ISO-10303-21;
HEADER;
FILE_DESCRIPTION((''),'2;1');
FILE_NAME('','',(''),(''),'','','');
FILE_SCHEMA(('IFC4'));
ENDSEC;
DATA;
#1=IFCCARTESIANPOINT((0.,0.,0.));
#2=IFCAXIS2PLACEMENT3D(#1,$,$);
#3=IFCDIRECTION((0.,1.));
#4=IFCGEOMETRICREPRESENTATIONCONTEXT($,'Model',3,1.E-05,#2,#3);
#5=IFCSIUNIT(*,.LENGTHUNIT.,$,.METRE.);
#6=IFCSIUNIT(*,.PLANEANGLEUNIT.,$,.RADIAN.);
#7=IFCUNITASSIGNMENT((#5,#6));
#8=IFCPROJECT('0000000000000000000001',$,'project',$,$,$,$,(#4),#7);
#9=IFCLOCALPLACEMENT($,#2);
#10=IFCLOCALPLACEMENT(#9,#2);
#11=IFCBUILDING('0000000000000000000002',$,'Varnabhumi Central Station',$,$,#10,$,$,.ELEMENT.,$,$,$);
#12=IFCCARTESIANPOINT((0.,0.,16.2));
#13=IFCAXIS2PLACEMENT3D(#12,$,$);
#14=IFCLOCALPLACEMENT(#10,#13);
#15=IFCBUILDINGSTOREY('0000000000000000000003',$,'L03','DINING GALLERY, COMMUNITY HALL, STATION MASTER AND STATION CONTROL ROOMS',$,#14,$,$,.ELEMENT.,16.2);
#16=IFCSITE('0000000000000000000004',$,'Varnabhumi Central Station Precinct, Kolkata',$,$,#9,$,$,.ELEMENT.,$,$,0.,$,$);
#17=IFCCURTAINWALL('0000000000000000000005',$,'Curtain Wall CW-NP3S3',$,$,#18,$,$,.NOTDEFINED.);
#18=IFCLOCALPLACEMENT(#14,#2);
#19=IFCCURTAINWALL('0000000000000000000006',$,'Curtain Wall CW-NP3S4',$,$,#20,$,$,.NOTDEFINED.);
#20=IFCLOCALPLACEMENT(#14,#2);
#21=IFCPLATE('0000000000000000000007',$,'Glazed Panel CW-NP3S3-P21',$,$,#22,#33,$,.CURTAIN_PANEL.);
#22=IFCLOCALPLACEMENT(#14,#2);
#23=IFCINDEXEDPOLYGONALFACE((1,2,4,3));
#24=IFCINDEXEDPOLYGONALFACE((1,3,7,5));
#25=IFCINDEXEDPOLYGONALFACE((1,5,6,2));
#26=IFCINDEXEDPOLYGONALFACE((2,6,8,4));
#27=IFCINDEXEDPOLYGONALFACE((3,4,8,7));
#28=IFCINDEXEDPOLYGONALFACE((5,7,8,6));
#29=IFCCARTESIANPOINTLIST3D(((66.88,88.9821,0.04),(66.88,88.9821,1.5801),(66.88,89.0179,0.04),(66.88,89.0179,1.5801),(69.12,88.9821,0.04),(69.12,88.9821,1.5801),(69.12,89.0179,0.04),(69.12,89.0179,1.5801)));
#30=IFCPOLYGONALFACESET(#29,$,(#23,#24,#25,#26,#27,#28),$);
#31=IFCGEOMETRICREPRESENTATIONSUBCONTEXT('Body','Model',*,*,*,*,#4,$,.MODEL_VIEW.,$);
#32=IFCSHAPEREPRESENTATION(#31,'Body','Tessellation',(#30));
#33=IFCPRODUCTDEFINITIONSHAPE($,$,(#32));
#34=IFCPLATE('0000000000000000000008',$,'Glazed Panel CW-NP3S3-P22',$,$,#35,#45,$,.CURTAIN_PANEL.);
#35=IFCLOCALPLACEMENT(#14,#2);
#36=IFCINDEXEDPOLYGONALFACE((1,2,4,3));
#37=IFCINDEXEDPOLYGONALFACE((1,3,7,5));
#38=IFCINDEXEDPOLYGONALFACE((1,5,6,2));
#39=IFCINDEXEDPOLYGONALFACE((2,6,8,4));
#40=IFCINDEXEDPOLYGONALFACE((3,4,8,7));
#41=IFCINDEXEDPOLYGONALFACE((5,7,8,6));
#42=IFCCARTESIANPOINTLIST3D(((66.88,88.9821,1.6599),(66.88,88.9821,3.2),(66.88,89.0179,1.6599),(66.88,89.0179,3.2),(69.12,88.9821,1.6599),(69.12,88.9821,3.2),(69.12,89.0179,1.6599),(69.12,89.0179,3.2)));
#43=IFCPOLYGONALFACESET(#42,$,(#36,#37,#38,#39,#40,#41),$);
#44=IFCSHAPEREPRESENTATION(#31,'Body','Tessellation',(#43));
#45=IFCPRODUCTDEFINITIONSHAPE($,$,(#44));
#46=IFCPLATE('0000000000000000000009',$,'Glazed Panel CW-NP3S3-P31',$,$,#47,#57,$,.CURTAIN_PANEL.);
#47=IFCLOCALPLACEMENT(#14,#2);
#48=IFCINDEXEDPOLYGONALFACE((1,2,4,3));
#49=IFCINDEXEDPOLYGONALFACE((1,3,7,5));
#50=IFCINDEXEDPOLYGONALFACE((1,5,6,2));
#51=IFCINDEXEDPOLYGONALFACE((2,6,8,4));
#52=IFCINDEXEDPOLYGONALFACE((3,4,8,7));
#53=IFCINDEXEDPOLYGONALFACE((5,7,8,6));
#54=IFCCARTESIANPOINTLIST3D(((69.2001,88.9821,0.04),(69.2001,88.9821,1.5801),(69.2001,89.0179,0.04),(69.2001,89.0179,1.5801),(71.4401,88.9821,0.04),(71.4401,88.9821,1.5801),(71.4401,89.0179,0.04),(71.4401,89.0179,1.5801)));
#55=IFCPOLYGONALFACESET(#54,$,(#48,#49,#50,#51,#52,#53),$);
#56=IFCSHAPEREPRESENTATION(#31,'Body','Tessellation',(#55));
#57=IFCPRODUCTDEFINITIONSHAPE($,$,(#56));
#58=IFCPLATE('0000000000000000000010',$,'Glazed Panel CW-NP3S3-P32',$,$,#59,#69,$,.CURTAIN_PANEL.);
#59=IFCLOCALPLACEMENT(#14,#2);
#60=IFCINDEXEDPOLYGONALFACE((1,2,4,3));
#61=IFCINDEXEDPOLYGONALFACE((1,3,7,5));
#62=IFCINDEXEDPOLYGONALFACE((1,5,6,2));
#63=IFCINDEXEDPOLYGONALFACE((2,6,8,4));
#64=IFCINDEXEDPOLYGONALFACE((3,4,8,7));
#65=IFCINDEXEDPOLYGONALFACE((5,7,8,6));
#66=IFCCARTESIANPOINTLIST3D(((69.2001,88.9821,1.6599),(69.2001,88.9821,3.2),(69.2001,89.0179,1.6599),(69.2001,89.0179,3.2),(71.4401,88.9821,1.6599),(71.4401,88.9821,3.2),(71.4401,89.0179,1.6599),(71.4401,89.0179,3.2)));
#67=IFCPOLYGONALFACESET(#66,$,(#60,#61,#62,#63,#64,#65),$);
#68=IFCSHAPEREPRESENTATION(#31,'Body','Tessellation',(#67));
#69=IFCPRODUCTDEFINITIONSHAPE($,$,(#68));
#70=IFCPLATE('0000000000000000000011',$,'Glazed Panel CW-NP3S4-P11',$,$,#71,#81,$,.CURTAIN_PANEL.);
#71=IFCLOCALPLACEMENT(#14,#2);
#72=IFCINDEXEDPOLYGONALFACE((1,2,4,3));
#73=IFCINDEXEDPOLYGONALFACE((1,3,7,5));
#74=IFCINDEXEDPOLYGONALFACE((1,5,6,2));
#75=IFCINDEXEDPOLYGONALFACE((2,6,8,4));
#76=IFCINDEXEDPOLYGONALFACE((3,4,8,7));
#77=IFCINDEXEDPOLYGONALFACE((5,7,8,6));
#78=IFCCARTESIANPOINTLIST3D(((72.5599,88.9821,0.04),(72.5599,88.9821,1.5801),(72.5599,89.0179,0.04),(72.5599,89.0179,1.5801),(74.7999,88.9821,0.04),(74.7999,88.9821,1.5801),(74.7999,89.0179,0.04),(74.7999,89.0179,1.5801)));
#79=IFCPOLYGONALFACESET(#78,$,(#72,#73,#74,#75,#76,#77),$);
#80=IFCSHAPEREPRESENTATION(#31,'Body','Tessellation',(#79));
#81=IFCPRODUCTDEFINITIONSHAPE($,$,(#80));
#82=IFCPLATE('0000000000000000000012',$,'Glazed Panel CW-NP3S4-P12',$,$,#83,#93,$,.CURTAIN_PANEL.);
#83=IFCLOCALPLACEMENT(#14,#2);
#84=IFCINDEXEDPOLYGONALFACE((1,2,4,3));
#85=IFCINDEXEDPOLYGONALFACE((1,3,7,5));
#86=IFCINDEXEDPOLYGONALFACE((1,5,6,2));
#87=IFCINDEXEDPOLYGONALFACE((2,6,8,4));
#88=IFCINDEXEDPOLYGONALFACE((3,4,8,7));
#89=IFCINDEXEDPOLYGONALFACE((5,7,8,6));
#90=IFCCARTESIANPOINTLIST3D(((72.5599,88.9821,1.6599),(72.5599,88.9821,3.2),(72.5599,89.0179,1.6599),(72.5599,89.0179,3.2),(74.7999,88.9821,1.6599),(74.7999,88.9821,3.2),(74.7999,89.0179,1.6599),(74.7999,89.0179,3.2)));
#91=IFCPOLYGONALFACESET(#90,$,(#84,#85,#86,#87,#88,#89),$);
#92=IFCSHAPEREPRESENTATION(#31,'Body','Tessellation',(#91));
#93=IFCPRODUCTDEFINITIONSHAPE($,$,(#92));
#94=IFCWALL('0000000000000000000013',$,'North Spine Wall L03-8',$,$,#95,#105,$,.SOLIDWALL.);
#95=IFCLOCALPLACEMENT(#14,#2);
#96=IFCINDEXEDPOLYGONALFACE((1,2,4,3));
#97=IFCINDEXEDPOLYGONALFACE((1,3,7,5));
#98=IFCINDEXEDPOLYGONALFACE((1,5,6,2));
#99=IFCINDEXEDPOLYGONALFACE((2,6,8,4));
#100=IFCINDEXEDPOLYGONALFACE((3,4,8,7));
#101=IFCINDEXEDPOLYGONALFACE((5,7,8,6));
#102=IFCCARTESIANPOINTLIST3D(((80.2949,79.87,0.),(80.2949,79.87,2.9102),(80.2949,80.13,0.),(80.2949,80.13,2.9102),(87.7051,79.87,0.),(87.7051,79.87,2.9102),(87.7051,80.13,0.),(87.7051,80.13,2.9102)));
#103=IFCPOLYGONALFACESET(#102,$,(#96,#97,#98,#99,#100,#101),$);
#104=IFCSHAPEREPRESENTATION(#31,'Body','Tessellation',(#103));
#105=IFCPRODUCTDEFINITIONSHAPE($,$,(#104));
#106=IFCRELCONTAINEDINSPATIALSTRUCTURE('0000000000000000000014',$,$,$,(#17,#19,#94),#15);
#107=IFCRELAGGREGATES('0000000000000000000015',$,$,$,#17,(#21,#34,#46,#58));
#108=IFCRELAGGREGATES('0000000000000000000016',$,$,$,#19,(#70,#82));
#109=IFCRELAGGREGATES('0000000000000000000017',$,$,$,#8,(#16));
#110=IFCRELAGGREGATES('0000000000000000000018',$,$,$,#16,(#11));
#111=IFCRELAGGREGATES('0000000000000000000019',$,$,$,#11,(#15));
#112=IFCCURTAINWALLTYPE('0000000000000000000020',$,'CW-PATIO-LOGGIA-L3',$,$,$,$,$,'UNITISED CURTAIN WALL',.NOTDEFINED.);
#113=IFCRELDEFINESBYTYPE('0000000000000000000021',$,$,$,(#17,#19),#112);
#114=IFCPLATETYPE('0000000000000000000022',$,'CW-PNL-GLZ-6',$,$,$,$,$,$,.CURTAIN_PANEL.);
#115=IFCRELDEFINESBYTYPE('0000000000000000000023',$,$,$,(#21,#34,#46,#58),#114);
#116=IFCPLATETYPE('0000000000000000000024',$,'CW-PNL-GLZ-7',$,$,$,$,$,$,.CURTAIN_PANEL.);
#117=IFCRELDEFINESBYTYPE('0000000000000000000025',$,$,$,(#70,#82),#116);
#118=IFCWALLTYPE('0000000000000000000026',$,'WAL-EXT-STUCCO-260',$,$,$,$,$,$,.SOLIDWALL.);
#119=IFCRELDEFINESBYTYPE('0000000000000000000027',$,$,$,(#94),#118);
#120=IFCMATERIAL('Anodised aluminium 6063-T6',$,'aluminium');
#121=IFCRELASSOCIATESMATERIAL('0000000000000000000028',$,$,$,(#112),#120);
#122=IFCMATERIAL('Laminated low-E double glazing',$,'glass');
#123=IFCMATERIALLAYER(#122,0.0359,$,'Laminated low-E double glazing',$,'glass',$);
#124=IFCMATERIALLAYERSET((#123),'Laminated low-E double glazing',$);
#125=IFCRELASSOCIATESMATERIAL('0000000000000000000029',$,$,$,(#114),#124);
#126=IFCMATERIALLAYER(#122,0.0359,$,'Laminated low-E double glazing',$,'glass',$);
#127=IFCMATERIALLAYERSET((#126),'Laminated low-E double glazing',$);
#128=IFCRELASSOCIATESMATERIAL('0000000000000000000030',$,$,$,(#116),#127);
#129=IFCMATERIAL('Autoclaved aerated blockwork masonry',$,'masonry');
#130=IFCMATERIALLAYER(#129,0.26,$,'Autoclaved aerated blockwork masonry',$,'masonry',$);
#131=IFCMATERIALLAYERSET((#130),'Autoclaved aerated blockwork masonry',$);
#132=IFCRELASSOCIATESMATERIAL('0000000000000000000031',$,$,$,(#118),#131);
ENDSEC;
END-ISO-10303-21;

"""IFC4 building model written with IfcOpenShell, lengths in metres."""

from ifc_helpers import new_model, si_unit, direction, frame, frame_2d, origin, origin_2d, place, context, subcontext, project, spatial, rectangle, extrude, material, layer, layer_set, type_object, element, aggregate, save


model = new_model("IFC4")

# Units and contexts
model_context = context("Model", 3, precision=1e-05, world=origin(), true_north=direction((0.0, 1.0)))
body_context = subcontext(model_context, "Body", "Model", "MODEL_VIEW")
ifc_project = project(units=[si_unit("LENGTHUNIT", "METRE"), si_unit("PLANEANGLEUNIT", "RADIAN")], contexts=[model_context])

# Site, building, storey
site_placement = place(None, origin())
site = spatial("IfcSite", under=ifc_project, at=site_placement, Name="Varnabhumi Central Station Precinct, Kolkata", CompositionType="ELEMENT", RefElevation=0.0)
building_placement = place(site_placement, origin())
building = spatial("IfcBuilding", under=site, at=building_placement, Name="Varnabhumi Central Station", CompositionType="ELEMENT")
storey_placement = place(building_placement, frame((0.0, 0.0, 16.2)))
storey = spatial("IfcBuildingStorey", under=building, at=storey_placement, Name="L03", Description="DINING GALLERY, COMMUNITY HALL, STATION MASTER AND STATION CONTROL ROOMS", CompositionType="ELEMENT", Elevation=16.2)

# Curtain walls
ifc_material_1 = material(Name="Anodised aluminium 6063-T6", Category="aluminium")
curtain_wall_type_1 = type_object("IfcCurtainWallType", Name="CW-PATIO-LOGGIA-L3", ElementType="UNITISED CURTAIN WALL", PredefinedType="NOTDEFINED", material=ifc_material_1)
curtain_wall_1_placement = place(storey_placement, origin())
curtain_wall_1 = element("IfcCurtainWall", 1, at=curtain_wall_1_placement, inside=storey, type_object=curtain_wall_type_1, Name="Curtain Wall CW-NP3S3", PredefinedType="NOTDEFINED")
curtain_wall_2_placement = place(storey_placement, origin())
curtain_wall_2 = element("IfcCurtainWall", 2, at=curtain_wall_2_placement, inside=storey, type_object=curtain_wall_type_1, Name="Curtain Wall CW-NP3S4", PredefinedType="NOTDEFINED")

# Plates
ifc_material_2 = material(Name="Laminated low-E double glazing", Category="glass")
ifc_layer_1 = layer(ifc_material_2, 0.0359, Name="Laminated low-E double glazing", Category="glass")
ifc_layer_set_1 = layer_set([ifc_layer_1], Name="Laminated low-E double glazing")
plate_type_1 = type_object("IfcPlateType", Name="CW-PNL-GLZ-6", PredefinedType="CURTAIN_PANEL", material=ifc_layer_set_1)
plate_1_placement = place(storey_placement, frame((68.0, 89.0, 0.04), z_axis=(0.0, 0.0, 1.0), x_axis=(1.0, 0.0, 0.0)))
plate_1 = element("IfcPlate", 3, at=plate_1_placement, type_object=plate_type_1, Name="Glazed Panel CW-NP3S3-P21", PredefinedType="CURTAIN_PANEL", context=body_context, shape_type="SweptSolid", body=[
    extrude(rectangle(XDim=2.24, YDim=0.0359, at=origin_2d()), origin(), (0.0, 0.0, 1.0), 1.54),
])
plate_2_placement = place(storey_placement, frame((68.0, 89.0, 1.6599), z_axis=(0.0, 0.0, 1.0), x_axis=(1.0, 0.0, 0.0)))
plate_2 = element("IfcPlate", 4, at=plate_2_placement, type_object=plate_type_1, Name="Glazed Panel CW-NP3S3-P22", PredefinedType="CURTAIN_PANEL", context=body_context, shape_type="SweptSolid", body=[
    extrude(rectangle(XDim=2.24, YDim=0.0359, at=origin_2d()), origin(), (0.0, 0.0, 1.0), 1.54),
])
plate_3_placement = place(storey_placement, frame((70.3201, 89.0, 0.04), z_axis=(0.0, 0.0, 1.0), x_axis=(1.0, 0.0, 0.0)))
plate_3 = element("IfcPlate", 5, at=plate_3_placement, type_object=plate_type_1, Name="Glazed Panel CW-NP3S3-P31", PredefinedType="CURTAIN_PANEL", context=body_context, shape_type="SweptSolid", body=[
    extrude(rectangle(XDim=2.24, YDim=0.0359, at=origin_2d()), origin(), (0.0, 0.0, 1.0), 1.54),
])
plate_4_placement = place(storey_placement, frame((70.3201, 89.0, 1.6599), z_axis=(0.0, 0.0, 1.0), x_axis=(1.0, 0.0, 0.0)))
plate_4 = element("IfcPlate", 6, at=plate_4_placement, type_object=plate_type_1, Name="Glazed Panel CW-NP3S3-P32", PredefinedType="CURTAIN_PANEL", context=body_context, shape_type="SweptSolid", body=[
    extrude(rectangle(XDim=2.24, YDim=0.0359, at=origin_2d()), origin(), (0.0, 0.0, 1.0), 1.54),
])
aggregate(curtain_wall_1, [plate_1, plate_2, plate_3, plate_4])
ifc_layer_2 = layer(ifc_material_2, 0.0359, Name="Laminated low-E double glazing", Category="glass")
ifc_layer_set_2 = layer_set([ifc_layer_2], Name="Laminated low-E double glazing")
plate_type_2 = type_object("IfcPlateType", Name="CW-PNL-GLZ-7", PredefinedType="CURTAIN_PANEL", material=ifc_layer_set_2)
plate_5_placement = place(storey_placement, frame((73.6799, 89.0, 0.04), z_axis=(0.0, 0.0, 1.0), x_axis=(1.0, 0.0, 0.0)))
plate_5 = element("IfcPlate", 7, at=plate_5_placement, type_object=plate_type_2, Name="Glazed Panel CW-NP3S4-P11", PredefinedType="CURTAIN_PANEL", context=body_context, shape_type="SweptSolid", body=[
    extrude(rectangle(XDim=2.24, YDim=0.0359, at=origin_2d()), origin(), (0.0, 0.0, 1.0), 1.54),
])
plate_6_placement = place(storey_placement, frame((73.6799, 89.0, 1.6599), z_axis=(0.0, 0.0, 1.0), x_axis=(1.0, 0.0, 0.0)))
plate_6 = element("IfcPlate", 8, at=plate_6_placement, type_object=plate_type_2, Name="Glazed Panel CW-NP3S4-P12", PredefinedType="CURTAIN_PANEL", context=body_context, shape_type="SweptSolid", body=[
    extrude(rectangle(XDim=2.24, YDim=0.0359, at=origin_2d()), origin(), (0.0, 0.0, 1.0), 1.54),
])
aggregate(curtain_wall_2, [plate_5, plate_6])

# Wall
ifc_material_3 = material(Name="Autoclaved aerated blockwork masonry", Category="masonry")
ifc_layer_3 = layer(ifc_material_3, 0.26, Name="Autoclaved aerated blockwork masonry", Category="masonry")
ifc_layer_set_3 = layer_set([ifc_layer_3], Name="Autoclaved aerated blockwork masonry")
wall_type = type_object("IfcWallType", Name="WAL-EXT-STUCCO-260", PredefinedType="SOLIDWALL", material=ifc_layer_set_3)
wall_placement = place(storey_placement, frame((80.2949, 80.0, 0.0), z_axis=(0.0, 0.0, 1.0), x_axis=(1.0, 0.0, 0.0)))
element("IfcWall", 9, at=wall_placement, inside=storey, type_object=wall_type, Name="North Spine Wall L03-8", PredefinedType="SOLIDWALL", context=body_context, shape_type="SweptSolid", body=[
    extrude(rectangle(XDim=7.4102, YDim=0.26, at=frame_2d((3.7051, 0.0))), origin(), (0.0, 0.0, 1.0), 2.9102),
])

save(model, "model.ifc")
